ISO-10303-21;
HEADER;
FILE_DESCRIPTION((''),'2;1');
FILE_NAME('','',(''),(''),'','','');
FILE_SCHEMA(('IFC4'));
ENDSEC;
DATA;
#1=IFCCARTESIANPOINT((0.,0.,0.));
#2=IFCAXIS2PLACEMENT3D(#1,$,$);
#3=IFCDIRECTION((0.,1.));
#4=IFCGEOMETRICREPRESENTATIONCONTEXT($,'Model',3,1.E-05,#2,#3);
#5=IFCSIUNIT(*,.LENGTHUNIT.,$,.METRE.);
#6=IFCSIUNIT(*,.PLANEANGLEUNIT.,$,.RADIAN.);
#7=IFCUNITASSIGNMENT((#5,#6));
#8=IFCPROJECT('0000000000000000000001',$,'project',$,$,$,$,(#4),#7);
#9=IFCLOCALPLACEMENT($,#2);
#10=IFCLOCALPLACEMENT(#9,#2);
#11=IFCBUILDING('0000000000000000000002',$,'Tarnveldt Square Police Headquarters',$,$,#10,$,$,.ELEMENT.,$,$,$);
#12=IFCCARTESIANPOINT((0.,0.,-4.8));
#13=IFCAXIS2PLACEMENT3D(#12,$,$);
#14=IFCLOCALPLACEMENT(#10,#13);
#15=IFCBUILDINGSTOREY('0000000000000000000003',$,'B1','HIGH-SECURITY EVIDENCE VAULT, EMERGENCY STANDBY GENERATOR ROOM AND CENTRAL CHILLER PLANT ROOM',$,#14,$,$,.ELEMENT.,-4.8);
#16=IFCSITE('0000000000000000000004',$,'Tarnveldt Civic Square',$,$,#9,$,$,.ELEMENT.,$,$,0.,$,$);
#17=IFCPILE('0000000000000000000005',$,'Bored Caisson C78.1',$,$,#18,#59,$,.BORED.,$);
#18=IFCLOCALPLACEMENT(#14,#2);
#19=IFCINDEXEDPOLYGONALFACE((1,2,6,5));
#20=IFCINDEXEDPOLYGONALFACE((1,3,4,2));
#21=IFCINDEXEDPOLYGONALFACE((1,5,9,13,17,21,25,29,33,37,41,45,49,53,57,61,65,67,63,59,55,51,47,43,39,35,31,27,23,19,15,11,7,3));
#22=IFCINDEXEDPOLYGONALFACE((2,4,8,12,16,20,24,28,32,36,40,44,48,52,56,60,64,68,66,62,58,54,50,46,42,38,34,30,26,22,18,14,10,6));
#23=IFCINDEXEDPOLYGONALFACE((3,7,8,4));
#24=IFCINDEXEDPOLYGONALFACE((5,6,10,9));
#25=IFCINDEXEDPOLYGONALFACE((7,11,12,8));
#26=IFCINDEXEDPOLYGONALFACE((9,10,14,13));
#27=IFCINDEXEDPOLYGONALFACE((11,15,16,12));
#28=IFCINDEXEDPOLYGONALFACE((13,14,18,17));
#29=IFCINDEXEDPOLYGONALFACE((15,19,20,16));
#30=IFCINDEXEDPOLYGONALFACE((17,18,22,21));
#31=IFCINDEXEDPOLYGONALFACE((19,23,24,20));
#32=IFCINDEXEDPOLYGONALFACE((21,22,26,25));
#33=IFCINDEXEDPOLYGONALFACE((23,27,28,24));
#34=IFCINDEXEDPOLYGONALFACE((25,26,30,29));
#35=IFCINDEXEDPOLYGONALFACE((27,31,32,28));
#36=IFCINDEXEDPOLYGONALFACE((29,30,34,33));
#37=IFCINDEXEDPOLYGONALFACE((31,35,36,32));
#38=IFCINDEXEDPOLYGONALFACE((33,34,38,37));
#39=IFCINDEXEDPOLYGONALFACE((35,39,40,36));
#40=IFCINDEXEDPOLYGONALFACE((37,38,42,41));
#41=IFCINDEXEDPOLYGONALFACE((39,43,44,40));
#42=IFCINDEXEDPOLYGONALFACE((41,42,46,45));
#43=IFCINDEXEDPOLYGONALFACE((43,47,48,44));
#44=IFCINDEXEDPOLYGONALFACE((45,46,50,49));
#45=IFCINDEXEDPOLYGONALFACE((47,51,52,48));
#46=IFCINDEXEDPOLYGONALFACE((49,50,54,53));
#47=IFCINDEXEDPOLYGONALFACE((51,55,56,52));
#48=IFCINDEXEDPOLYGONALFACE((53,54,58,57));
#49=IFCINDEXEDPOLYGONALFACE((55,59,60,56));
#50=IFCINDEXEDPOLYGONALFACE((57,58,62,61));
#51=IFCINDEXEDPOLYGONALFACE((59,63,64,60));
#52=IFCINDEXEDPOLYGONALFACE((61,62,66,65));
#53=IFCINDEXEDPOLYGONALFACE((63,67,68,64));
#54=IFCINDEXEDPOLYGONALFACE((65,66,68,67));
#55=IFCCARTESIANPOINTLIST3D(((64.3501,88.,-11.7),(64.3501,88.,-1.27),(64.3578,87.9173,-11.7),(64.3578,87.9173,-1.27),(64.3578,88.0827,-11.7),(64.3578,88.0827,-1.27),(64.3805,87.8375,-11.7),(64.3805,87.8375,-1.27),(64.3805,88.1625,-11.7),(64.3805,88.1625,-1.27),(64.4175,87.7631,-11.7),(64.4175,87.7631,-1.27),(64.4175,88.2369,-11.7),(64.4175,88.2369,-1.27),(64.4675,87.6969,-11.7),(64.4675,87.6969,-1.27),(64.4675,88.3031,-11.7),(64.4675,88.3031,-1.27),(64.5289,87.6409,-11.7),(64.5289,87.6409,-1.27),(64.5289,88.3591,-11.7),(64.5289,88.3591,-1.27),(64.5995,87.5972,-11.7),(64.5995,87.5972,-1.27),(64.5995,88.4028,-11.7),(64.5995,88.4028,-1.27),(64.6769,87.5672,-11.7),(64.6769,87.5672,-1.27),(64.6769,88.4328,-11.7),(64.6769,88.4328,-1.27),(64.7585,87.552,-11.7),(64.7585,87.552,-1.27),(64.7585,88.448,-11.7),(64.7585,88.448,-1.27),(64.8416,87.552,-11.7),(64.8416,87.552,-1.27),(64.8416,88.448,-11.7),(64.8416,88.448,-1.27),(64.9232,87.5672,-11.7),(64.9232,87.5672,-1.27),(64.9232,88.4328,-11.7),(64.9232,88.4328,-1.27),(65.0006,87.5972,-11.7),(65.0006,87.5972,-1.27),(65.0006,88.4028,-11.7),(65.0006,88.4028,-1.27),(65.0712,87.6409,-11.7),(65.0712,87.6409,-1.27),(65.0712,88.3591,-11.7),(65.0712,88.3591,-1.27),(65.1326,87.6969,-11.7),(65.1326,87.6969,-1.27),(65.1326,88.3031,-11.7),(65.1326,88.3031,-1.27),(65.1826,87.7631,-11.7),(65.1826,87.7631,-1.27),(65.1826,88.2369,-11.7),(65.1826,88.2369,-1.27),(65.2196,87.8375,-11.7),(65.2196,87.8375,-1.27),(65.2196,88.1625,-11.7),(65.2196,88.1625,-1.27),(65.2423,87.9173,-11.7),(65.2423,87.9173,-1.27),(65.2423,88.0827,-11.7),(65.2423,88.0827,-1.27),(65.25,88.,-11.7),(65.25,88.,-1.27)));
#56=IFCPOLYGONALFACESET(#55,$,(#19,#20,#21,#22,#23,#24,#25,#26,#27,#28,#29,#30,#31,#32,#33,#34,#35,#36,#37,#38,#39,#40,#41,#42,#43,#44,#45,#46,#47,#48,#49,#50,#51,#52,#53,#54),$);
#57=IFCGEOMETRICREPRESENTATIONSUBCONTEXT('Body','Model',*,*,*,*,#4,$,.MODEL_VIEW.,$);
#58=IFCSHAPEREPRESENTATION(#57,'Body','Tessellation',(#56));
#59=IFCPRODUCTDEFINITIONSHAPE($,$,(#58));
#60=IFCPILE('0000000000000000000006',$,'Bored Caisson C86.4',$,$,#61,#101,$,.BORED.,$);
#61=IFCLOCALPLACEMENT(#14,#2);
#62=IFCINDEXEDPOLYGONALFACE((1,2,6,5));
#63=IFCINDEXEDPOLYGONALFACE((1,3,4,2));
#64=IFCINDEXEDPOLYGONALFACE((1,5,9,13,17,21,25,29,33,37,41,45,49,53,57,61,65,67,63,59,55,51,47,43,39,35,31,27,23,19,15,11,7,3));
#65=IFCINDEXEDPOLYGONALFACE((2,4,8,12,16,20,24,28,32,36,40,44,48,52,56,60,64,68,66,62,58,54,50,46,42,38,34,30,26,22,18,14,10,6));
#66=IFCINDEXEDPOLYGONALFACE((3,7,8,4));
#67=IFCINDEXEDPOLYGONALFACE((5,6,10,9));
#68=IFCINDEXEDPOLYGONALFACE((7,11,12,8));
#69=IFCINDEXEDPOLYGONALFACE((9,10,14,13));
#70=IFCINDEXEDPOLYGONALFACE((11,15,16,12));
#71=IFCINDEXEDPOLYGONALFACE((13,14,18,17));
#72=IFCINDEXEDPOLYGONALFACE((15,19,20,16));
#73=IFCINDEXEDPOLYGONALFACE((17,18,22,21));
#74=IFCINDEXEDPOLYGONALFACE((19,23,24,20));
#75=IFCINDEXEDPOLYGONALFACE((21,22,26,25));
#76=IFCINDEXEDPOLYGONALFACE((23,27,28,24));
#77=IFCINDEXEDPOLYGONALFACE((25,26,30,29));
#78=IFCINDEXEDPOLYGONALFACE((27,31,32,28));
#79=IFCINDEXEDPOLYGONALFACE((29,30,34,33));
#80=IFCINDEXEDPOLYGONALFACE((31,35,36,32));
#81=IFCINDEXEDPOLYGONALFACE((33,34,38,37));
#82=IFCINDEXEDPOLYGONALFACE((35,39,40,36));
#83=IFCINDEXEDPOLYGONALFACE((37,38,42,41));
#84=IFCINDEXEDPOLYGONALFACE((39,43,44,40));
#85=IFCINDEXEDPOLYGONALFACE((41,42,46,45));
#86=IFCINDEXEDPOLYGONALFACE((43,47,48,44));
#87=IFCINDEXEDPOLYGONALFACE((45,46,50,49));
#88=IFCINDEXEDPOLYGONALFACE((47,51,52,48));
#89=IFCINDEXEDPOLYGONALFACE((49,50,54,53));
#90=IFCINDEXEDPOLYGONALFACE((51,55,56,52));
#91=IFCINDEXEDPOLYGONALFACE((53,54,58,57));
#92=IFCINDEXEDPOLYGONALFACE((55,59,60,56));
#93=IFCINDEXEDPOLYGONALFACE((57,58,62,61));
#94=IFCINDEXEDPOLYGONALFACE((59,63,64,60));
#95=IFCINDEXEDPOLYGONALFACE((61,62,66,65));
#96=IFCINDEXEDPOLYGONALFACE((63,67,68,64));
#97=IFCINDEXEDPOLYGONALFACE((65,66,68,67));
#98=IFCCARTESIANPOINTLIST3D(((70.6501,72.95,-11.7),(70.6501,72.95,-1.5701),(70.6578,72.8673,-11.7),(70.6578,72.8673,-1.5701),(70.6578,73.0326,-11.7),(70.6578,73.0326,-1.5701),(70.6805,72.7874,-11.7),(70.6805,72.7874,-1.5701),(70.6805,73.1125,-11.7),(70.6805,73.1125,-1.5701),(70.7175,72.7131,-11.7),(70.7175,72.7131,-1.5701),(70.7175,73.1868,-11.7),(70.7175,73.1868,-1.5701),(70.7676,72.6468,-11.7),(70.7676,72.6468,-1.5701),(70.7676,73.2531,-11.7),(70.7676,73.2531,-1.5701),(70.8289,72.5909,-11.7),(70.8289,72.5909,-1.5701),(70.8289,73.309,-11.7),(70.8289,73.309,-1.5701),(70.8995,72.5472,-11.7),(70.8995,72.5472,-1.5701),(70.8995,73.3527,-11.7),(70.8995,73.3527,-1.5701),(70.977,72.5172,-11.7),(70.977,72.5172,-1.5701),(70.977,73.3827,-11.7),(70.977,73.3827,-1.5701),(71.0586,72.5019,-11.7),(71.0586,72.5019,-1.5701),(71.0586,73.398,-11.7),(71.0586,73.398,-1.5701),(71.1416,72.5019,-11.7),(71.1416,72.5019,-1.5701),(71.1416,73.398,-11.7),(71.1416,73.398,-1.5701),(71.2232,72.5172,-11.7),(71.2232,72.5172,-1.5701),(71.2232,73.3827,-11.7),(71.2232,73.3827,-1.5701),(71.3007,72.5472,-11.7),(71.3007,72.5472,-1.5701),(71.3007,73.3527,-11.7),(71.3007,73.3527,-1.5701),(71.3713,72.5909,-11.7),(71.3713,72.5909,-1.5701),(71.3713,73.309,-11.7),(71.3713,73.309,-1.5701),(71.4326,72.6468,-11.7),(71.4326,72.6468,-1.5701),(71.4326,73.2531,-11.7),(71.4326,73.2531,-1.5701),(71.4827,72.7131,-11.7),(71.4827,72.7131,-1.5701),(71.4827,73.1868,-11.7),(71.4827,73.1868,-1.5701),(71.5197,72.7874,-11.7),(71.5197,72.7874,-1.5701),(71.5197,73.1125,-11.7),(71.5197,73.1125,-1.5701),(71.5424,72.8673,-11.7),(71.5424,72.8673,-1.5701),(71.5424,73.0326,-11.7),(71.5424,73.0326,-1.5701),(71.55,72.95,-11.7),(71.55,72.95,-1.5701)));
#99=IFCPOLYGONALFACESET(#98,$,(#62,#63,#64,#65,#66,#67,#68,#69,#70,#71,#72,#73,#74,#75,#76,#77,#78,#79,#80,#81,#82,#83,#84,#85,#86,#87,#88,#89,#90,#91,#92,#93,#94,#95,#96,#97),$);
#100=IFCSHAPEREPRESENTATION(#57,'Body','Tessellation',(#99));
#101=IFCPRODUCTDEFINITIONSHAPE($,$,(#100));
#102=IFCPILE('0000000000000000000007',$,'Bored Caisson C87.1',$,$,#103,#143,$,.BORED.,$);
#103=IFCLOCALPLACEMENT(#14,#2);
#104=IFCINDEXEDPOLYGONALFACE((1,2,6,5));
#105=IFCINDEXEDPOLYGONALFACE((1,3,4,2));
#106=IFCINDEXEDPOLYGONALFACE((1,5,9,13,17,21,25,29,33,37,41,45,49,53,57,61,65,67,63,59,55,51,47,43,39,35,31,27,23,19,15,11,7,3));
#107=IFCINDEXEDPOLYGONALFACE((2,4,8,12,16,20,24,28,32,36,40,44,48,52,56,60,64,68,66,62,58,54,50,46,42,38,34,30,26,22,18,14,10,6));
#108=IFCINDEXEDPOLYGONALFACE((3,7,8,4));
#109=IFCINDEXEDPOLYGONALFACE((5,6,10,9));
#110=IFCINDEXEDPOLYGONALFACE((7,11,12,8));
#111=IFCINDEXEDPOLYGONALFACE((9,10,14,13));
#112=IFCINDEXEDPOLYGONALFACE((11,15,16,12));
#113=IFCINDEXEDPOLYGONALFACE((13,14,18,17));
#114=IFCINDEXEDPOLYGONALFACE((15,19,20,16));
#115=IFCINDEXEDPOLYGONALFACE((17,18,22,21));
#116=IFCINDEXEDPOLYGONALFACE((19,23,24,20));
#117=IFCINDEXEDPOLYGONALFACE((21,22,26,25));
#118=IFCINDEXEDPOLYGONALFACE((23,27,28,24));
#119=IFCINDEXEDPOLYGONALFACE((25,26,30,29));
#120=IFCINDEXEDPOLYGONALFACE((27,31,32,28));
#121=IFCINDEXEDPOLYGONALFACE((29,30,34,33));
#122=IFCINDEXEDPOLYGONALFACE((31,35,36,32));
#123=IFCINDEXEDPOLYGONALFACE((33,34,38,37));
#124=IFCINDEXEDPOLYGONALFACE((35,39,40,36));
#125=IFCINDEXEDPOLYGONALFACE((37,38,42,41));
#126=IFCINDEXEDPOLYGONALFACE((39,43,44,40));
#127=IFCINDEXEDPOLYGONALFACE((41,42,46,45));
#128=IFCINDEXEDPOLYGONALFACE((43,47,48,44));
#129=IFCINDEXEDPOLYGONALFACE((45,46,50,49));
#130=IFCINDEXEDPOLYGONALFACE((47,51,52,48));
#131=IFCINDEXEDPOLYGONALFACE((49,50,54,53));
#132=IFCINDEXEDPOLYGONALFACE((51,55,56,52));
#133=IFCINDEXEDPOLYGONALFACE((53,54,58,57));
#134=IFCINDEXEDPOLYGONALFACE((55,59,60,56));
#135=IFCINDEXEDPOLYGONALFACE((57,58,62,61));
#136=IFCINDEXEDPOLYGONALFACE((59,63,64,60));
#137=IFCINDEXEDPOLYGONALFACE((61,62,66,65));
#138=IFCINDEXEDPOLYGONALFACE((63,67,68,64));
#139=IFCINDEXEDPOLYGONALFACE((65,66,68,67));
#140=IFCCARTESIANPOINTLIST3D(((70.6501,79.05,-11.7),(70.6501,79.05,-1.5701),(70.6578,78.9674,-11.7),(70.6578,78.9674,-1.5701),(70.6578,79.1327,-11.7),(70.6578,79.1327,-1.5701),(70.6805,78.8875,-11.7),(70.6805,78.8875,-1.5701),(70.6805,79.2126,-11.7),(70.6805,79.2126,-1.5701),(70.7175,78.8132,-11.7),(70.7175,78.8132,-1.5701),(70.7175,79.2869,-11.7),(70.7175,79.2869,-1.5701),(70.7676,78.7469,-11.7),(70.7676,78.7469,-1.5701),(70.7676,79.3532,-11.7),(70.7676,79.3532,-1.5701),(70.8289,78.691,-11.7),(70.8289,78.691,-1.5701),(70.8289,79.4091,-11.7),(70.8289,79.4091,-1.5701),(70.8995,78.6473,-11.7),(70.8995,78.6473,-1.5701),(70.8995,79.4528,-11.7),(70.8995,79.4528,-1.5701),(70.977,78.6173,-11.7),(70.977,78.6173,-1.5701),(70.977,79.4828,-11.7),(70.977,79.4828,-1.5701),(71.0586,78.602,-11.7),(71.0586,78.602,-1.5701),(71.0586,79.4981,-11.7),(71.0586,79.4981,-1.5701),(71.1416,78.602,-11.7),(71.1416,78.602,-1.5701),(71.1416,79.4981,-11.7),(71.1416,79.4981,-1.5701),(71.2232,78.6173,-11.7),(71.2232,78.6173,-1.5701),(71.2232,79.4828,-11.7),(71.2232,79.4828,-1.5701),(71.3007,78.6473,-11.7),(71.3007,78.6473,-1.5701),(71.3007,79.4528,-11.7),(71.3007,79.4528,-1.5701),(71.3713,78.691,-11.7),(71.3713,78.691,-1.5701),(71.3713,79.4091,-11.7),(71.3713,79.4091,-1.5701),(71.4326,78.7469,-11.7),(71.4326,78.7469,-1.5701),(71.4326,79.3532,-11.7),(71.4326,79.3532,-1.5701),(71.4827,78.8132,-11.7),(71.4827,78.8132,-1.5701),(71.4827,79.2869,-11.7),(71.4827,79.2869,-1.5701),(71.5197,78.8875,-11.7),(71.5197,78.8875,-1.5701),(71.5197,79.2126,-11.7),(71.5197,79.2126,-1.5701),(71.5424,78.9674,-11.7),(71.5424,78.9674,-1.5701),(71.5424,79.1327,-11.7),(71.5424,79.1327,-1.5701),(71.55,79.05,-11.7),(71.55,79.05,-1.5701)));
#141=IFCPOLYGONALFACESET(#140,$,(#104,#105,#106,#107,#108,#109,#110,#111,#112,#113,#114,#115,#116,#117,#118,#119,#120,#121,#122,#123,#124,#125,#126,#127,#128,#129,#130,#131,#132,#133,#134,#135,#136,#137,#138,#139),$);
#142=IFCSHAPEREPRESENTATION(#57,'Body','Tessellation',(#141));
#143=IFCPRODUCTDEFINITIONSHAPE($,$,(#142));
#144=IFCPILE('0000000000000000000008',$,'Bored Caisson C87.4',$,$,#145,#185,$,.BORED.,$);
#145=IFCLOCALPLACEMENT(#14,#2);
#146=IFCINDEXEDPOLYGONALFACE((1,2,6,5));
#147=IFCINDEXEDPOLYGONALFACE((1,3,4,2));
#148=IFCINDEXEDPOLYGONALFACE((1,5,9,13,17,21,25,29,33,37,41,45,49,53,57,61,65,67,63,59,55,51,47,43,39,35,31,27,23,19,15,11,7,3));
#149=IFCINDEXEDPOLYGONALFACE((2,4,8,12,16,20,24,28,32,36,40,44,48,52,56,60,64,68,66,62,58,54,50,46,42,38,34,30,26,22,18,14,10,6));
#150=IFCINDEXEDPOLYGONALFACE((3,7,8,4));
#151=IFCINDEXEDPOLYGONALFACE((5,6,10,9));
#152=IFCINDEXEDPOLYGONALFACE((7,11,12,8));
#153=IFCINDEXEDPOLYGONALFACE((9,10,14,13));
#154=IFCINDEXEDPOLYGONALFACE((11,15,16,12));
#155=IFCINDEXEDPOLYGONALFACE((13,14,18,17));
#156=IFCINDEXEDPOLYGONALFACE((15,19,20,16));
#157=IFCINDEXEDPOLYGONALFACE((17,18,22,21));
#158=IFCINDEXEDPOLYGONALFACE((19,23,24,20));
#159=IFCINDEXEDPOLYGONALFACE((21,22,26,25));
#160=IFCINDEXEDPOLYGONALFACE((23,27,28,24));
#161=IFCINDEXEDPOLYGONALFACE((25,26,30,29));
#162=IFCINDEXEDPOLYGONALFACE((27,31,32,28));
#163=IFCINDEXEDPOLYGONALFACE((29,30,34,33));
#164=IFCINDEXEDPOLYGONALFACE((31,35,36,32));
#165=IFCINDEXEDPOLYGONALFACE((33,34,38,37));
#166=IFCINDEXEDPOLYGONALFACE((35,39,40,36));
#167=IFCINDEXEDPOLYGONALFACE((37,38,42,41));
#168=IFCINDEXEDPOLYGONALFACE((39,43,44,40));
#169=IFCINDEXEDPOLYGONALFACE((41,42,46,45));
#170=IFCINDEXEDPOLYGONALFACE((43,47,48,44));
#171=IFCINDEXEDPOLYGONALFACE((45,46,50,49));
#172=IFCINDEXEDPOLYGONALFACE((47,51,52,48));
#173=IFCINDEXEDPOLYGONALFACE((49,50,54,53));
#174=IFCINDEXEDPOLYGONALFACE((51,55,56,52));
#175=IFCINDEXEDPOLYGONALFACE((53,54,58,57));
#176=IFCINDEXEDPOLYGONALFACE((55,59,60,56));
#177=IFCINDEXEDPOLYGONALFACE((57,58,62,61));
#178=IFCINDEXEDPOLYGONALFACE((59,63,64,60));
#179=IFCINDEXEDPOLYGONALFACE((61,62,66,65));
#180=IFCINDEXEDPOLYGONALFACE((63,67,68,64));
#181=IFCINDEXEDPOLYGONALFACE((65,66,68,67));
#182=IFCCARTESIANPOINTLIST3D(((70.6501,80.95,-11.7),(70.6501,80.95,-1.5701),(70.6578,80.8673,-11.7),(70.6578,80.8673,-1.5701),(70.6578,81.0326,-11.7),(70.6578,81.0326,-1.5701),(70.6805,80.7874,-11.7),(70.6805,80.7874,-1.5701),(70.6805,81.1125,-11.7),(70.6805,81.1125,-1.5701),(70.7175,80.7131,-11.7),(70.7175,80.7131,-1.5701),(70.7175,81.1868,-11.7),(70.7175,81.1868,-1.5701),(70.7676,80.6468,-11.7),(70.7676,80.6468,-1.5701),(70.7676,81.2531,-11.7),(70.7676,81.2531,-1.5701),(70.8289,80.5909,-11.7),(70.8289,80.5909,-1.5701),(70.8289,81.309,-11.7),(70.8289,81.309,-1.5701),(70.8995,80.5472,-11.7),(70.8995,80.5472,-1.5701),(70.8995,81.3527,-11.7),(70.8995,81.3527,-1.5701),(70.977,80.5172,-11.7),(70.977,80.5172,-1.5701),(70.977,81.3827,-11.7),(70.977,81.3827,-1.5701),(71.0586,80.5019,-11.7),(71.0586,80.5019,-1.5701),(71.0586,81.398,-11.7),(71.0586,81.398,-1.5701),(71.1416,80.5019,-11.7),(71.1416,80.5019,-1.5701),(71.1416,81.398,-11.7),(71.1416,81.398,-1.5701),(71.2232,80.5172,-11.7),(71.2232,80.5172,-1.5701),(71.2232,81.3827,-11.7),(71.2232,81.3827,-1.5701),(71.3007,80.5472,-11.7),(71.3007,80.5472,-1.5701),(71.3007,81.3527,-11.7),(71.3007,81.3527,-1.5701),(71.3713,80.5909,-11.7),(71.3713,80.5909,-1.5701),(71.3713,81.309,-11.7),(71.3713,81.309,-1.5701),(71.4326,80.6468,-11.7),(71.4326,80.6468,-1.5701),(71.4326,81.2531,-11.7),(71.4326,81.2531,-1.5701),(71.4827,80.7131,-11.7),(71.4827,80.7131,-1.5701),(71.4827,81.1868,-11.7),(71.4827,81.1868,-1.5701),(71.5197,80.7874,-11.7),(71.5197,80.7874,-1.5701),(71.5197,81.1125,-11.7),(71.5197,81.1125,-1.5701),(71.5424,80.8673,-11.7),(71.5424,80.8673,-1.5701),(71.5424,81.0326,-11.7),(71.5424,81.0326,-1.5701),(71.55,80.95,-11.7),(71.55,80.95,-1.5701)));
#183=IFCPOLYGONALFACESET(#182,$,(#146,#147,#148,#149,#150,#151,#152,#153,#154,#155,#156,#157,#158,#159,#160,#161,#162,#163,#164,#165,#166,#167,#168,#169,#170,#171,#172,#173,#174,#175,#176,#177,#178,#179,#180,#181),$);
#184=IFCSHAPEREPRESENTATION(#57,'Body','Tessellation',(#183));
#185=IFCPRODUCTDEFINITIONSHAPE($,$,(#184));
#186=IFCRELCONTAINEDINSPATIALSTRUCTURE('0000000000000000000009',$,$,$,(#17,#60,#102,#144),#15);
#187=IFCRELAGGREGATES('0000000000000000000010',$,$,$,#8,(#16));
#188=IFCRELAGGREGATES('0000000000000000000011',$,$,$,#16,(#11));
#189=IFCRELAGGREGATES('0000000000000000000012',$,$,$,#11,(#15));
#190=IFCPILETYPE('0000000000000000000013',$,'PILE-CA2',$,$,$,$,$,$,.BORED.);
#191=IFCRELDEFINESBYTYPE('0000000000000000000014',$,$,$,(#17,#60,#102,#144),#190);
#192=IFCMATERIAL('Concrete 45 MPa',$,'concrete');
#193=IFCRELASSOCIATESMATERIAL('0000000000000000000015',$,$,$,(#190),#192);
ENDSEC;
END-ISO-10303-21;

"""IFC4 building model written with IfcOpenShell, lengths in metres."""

from ifc_helpers import new_model, si_unit, direction, frame, origin, origin_2d, place, context, subcontext, project, spatial, circle, extrude, material, material_profile, profile_set, type_object, element, save


model = new_model("IFC4")

# Units and contexts
model_context = context("Model", 3, precision=1e-05, world=origin(), true_north=direction((0.0, 1.0)))
body_context = subcontext(model_context, "Body", "Model", "MODEL_VIEW")
ifc_project = project(units=[si_unit("LENGTHUNIT", "METRE"), si_unit("PLANEANGLEUNIT", "RADIAN")], contexts=[model_context])

# Site, building, storey
site_placement = place(None, origin())
site = spatial("IfcSite", under=ifc_project, at=site_placement, Name="Tarnveldt Civic Square", CompositionType="ELEMENT", RefElevation=0.0)
building_placement = place(site_placement, origin())
building = spatial("IfcBuilding", under=site, at=building_placement, Name="Tarnveldt Square Police Headquarters", CompositionType="ELEMENT")
storey_placement = place(building_placement, frame((0.0, 0.0, -4.8)))
storey = spatial("IfcBuildingStorey", under=building, at=storey_placement, Name="B1", Description="HIGH-SECURITY EVIDENCE VAULT, EMERGENCY STANDBY GENERATOR ROOM AND CENTRAL CHILLER PLANT ROOM", CompositionType="ELEMENT", Elevation=-4.8)

# Shared definitions
ifc_material_1 = material(Name="Concrete 45 MPa", Category="concrete")

# Piles
ifc_material_profile_1 = material_profile(ifc_material_1, circle(Radius=0.45, at=origin_2d()), Name="CAISSON-D900")
ifc_profile_set_1 = profile_set([ifc_material_profile_1], Name="Concrete 45 MPa")
pile_type_1 = type_object("IfcPileType", Name="PILE-CA2", PredefinedType="BORED", material=ifc_profile_set_1)
pile_placement = place(storey_placement, frame((64.8, 88.0, -1.27), z_axis=(0.0, 0.0, -1.0), x_axis=(1.0, 0.0, 0.0)))
element("IfcPile", 1, at=pile_placement, inside=storey, type_object=pile_type_1, Name="Bored Caisson C78.1", PredefinedType="BORED", context=body_context, shape_type="SweptSolid", body=[
    extrude(circle(Radius=0.45, at=origin_2d()), origin(), (0.0, 0.0, 1.0), 10.4299),
])
for number, where, z_axis, x_axis, name in (
    (2, (71.1001, 72.95, -1.5701), (0.0, 0.0, -1.0), (1.0, 0.0, 0.0), "Bored Caisson C86.4"),
    (3, (71.1001, 79.05, -1.5701), (0.0, 0.0, -1.0), (1.0, 0.0, 0.0), "Bored Caisson C87.1"),
    (4, (71.1001, 80.95, -1.5701), (0.0, 0.0, -1.0), (1.0, 0.0, 0.0), "Bored Caisson C87.4"),
):
    element("IfcPile", number, at=place(storey_placement, frame(where, z_axis=z_axis, x_axis=x_axis)), inside=storey, type_object=pile_type_1, Name=name, PredefinedType="BORED", context=body_context, shape_type="SweptSolid", body=[
        extrude(circle(Radius=0.45, at=origin_2d()), origin(), (0.0, 0.0, 1.0), 10.1299),
    ])

save(model, "model.ifc")
